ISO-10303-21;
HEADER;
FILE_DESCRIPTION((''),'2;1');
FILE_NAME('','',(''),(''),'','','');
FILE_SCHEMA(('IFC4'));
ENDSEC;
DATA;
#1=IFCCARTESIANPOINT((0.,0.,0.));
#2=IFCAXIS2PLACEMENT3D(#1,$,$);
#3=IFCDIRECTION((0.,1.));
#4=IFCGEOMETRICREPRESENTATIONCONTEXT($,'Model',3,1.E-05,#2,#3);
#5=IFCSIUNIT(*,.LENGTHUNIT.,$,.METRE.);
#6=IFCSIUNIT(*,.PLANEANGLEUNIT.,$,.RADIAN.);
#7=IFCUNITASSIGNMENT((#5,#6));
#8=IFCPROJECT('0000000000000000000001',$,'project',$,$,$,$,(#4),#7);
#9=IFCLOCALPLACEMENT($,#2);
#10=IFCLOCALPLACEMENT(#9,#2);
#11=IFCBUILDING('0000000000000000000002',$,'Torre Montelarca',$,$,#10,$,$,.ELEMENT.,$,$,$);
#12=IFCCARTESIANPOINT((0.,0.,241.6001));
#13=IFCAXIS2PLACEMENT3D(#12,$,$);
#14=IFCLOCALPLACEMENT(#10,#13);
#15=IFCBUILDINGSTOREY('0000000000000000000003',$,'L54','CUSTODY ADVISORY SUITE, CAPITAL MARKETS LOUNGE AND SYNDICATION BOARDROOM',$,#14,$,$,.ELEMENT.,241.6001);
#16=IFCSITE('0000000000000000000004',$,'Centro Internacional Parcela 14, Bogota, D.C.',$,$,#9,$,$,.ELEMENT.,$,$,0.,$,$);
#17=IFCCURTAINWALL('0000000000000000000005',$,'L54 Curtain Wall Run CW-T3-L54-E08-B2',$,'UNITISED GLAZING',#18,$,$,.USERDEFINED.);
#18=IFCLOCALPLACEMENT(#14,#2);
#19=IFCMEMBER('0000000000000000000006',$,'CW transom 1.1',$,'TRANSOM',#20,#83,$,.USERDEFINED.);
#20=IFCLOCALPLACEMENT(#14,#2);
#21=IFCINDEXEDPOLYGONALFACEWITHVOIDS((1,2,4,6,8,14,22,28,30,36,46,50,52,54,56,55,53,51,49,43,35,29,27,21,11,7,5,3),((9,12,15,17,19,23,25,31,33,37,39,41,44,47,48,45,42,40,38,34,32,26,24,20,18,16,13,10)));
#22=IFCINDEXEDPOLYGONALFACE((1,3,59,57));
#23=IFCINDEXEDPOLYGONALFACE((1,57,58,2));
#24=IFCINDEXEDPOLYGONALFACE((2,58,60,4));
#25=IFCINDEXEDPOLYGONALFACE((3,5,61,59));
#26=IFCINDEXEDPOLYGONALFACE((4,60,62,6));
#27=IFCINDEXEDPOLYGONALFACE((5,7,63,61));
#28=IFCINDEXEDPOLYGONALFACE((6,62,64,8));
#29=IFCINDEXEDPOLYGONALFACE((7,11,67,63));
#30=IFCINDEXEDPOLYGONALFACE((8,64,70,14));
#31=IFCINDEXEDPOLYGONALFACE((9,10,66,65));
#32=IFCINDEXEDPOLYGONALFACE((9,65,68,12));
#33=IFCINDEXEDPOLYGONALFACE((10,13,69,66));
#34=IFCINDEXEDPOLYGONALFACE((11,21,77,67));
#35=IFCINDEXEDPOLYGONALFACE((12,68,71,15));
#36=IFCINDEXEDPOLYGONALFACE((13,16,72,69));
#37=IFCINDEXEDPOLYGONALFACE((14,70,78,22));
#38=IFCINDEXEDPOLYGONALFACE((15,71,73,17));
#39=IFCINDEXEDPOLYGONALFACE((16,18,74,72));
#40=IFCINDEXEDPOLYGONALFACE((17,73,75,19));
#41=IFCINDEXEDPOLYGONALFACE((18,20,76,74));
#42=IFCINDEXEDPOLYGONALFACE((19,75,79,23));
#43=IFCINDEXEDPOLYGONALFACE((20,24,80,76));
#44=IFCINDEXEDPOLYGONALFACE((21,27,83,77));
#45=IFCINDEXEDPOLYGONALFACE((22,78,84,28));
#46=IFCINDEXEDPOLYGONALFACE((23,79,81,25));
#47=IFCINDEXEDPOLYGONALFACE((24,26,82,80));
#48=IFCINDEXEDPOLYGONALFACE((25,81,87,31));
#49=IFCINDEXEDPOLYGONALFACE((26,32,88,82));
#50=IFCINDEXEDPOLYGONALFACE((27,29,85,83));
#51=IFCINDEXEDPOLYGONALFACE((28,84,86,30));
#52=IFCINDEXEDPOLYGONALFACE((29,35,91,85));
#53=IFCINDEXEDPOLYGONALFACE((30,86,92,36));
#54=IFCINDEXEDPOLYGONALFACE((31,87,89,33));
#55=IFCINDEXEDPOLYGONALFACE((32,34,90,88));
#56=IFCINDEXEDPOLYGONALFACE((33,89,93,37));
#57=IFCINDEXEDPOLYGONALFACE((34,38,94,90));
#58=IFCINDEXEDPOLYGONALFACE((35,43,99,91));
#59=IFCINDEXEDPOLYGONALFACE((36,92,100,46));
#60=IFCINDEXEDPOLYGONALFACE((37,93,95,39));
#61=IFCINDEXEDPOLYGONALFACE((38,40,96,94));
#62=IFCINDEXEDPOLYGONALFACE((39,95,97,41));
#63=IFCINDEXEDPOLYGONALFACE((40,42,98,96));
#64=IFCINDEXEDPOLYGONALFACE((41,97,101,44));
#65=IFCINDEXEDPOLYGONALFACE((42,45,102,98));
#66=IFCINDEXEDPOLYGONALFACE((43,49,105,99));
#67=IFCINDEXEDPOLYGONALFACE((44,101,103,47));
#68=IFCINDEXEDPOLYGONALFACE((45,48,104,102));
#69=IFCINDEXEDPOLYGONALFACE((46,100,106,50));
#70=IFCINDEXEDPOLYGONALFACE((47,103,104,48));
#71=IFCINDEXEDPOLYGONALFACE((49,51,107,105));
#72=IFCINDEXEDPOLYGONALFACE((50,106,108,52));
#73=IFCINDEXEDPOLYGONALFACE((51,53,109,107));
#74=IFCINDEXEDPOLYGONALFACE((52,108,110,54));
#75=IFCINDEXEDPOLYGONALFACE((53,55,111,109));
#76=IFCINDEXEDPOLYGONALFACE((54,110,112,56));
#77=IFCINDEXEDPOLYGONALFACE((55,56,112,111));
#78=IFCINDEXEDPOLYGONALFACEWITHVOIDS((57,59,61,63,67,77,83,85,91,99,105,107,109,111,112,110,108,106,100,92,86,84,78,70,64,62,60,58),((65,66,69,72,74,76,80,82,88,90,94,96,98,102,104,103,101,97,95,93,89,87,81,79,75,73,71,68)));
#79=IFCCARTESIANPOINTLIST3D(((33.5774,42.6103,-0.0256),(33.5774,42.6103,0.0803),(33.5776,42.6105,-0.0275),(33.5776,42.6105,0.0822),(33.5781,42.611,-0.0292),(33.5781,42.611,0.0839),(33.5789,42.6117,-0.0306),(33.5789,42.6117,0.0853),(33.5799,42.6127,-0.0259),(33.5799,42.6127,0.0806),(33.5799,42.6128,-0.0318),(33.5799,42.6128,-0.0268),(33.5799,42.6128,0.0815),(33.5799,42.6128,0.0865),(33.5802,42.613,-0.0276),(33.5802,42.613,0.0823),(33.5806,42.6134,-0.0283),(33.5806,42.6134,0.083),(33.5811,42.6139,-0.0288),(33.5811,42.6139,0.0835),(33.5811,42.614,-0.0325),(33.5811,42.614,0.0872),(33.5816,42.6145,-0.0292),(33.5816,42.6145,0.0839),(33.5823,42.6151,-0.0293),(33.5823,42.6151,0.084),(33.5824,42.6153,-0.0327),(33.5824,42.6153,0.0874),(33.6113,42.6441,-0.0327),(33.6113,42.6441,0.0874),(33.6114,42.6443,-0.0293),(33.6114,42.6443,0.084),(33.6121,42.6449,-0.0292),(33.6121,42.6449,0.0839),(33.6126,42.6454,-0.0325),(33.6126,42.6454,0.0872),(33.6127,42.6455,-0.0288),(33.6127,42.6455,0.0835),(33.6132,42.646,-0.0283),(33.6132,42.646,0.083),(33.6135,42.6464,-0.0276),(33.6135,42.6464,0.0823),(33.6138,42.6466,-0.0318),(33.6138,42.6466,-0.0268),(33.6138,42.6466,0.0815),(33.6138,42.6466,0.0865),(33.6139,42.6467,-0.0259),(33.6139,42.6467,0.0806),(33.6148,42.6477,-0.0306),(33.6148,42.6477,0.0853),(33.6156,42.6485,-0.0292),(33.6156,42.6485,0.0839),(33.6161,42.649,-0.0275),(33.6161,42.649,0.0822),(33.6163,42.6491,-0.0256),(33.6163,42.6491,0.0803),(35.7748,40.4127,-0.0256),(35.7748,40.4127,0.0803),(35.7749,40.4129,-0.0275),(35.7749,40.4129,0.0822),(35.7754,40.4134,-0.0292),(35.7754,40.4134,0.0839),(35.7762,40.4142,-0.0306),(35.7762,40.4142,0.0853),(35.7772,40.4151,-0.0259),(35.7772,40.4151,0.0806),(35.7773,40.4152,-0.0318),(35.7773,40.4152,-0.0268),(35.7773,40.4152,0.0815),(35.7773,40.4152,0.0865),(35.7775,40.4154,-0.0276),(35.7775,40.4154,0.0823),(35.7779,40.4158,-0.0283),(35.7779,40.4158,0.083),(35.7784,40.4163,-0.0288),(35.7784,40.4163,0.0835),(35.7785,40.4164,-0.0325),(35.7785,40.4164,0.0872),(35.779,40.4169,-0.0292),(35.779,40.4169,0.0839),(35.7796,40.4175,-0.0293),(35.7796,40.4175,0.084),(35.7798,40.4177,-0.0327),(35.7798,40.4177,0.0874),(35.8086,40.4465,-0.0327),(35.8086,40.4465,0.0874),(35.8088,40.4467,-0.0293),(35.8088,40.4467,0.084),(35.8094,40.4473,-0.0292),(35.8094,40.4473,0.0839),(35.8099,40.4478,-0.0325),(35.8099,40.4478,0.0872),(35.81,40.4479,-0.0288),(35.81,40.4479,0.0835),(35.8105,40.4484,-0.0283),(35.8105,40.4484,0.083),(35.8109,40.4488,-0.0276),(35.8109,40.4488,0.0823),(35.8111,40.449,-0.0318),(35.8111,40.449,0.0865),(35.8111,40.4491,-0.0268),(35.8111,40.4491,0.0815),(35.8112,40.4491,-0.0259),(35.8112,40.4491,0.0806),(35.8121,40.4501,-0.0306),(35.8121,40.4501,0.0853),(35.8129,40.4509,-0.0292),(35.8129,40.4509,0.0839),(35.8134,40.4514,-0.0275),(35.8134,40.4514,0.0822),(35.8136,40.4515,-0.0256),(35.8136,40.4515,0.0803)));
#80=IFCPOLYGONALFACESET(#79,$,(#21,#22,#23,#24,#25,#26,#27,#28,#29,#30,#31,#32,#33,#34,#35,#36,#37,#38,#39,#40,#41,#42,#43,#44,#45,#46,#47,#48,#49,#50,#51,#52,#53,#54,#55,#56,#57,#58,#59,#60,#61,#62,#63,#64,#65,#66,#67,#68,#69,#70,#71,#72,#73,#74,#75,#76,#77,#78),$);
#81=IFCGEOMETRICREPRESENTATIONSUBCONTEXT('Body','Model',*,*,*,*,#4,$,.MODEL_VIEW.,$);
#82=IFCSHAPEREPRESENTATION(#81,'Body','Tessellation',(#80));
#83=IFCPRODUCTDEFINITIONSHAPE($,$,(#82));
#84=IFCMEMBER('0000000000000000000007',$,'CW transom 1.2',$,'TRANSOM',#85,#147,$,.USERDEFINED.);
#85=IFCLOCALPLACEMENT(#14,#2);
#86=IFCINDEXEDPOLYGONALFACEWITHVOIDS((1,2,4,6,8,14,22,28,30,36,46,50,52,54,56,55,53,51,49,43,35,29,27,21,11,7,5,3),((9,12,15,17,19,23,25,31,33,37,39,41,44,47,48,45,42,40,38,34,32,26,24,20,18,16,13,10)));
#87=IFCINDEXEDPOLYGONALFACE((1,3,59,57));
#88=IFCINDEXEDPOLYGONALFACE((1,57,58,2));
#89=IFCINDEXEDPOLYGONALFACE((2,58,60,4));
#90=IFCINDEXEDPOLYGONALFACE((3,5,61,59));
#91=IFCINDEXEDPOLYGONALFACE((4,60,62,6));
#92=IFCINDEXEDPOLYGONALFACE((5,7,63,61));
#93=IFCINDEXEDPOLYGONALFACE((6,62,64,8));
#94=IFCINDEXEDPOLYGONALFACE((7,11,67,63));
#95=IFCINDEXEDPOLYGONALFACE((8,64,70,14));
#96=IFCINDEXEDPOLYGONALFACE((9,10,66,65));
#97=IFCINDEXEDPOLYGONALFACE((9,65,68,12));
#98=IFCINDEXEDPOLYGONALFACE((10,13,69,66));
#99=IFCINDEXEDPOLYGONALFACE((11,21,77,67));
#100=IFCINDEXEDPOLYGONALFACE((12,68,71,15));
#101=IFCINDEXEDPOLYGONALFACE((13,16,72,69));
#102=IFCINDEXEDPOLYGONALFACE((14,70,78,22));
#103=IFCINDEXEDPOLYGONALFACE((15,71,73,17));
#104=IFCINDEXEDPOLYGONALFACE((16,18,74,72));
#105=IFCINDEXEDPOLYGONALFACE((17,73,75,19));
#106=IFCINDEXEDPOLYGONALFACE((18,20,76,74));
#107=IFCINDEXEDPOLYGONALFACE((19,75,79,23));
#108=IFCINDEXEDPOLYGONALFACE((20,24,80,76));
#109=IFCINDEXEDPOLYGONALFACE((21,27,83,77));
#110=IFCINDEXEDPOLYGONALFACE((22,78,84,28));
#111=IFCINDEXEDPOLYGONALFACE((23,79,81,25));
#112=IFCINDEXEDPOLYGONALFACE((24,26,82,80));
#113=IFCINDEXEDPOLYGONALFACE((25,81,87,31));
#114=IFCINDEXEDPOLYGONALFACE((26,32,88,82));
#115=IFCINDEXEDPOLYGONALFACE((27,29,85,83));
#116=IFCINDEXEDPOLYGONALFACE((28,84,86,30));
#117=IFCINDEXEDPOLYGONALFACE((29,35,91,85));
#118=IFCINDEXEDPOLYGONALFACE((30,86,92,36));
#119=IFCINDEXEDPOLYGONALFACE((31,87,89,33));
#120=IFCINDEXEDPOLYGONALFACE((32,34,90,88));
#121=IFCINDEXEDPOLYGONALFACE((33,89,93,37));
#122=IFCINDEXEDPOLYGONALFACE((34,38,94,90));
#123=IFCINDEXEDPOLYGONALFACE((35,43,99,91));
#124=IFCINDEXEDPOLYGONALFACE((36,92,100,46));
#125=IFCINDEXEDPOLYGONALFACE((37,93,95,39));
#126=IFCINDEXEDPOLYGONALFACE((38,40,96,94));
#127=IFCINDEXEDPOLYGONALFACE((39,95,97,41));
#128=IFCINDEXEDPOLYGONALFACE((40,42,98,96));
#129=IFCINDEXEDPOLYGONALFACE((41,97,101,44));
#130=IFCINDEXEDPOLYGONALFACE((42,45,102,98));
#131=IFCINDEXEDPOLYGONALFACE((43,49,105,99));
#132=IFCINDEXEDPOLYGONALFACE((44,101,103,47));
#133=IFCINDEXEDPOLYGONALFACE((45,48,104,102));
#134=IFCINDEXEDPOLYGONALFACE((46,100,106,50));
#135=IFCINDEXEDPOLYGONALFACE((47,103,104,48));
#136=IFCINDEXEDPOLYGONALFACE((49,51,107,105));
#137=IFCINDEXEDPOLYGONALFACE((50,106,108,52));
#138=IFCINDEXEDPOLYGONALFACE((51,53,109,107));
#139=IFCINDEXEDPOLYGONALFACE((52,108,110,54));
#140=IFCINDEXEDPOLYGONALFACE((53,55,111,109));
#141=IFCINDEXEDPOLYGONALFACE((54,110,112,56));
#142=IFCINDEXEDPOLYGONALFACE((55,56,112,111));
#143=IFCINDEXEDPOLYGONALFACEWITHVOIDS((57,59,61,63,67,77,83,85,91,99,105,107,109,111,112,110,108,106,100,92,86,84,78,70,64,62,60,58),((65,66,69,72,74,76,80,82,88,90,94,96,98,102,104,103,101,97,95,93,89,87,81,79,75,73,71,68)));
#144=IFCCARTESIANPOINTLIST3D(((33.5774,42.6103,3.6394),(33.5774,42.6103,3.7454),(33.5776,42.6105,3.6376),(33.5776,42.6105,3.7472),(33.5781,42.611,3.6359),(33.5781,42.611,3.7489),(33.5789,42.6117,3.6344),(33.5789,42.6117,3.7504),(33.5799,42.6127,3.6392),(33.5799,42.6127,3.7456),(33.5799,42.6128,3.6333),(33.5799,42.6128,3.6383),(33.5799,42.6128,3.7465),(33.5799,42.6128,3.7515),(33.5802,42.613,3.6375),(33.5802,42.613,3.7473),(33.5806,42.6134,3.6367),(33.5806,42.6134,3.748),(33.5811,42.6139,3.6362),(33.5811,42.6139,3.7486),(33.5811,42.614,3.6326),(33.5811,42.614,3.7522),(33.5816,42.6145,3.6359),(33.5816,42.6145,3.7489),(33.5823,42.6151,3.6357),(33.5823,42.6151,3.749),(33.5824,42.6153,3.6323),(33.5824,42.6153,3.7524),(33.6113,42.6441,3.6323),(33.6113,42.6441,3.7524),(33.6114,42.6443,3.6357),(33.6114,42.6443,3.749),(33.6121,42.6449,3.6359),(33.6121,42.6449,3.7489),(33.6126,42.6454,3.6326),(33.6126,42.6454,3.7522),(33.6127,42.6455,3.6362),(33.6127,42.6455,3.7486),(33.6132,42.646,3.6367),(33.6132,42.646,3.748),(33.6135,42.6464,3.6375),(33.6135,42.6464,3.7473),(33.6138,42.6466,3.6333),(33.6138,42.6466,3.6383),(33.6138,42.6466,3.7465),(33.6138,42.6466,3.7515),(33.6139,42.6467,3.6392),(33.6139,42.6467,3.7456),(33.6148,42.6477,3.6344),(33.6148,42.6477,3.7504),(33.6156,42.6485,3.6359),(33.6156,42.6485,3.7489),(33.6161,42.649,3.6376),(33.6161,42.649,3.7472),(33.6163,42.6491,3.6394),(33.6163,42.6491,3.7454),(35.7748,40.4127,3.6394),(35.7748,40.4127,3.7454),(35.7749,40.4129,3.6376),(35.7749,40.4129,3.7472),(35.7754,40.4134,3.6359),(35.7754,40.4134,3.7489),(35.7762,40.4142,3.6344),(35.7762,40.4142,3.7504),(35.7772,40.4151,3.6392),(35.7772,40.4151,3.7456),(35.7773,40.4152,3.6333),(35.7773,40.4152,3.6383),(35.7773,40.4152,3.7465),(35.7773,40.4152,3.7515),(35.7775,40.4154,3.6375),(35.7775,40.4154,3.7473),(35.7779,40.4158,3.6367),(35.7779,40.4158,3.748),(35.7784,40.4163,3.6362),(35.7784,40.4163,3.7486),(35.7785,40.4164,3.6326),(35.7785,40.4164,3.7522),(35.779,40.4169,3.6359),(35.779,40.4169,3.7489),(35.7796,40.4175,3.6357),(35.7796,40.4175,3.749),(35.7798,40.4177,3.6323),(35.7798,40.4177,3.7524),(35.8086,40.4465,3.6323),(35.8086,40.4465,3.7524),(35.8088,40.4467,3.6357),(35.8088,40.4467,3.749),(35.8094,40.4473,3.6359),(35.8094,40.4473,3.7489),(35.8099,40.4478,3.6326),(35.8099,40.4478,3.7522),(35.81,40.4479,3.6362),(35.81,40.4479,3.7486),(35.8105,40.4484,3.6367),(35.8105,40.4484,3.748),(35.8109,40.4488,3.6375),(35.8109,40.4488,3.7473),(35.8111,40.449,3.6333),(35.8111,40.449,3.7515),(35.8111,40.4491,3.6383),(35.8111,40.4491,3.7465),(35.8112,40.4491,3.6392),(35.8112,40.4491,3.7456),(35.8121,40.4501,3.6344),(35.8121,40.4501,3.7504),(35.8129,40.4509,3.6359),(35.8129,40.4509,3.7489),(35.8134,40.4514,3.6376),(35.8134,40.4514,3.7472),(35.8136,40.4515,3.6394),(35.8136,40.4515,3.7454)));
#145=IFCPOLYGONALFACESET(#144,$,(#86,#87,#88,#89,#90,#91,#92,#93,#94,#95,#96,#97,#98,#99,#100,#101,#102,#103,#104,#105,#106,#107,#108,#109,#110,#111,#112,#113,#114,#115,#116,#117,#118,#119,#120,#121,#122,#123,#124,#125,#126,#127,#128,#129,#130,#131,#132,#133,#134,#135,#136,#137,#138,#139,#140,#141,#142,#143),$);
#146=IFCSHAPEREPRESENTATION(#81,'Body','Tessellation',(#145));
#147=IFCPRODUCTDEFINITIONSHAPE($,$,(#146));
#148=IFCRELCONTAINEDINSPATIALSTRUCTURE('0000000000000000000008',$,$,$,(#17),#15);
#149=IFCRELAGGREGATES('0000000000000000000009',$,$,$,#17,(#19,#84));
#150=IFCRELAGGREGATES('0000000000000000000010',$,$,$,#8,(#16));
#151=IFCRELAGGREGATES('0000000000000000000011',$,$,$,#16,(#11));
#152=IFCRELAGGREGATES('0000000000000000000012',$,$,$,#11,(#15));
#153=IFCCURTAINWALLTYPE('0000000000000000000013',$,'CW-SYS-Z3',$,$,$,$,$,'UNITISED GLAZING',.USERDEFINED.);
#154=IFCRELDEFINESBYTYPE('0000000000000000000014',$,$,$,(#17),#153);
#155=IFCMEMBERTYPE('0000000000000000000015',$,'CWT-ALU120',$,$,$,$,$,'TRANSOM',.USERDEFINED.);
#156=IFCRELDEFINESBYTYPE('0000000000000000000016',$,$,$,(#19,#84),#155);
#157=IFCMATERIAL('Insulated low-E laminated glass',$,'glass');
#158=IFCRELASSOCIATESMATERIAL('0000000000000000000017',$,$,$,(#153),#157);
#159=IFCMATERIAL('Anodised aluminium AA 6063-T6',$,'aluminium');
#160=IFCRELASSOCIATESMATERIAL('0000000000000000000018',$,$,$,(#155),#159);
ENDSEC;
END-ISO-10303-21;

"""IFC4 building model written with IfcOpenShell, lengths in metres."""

from ifc_helpers import new_model, si_unit, direction, frame, origin, origin_2d, place, context, subcontext, project, spatial, hollow_rectangle, extrude, source, transform, mapped, material, material_profile, profile_set, type_object, element, aggregate, save


model = new_model("IFC4")

# Units and contexts
model_context = context("Model", 3, precision=1e-05, world=origin(), true_north=direction((0.0, 1.0)))
body_context = subcontext(model_context, "Body", "Model", "MODEL_VIEW")
ifc_project = project(units=[si_unit("LENGTHUNIT", "METRE"), si_unit("PLANEANGLEUNIT", "RADIAN")], contexts=[model_context])

# Site, building, storey
site_placement = place(None, origin())
site = spatial("IfcSite", under=ifc_project, at=site_placement, Name="Centro Internacional Parcela 14, Bogota, D.C.", CompositionType="ELEMENT", RefElevation=0.0)
building_placement = place(site_placement, origin())
building = spatial("IfcBuilding", under=site, at=building_placement, Name="Torre Montelarca", CompositionType="ELEMENT")
storey_placement = place(building_placement, frame((0.0, 0.0, 241.6001)))
storey = spatial("IfcBuildingStorey", under=building, at=storey_placement, Name="L54", Description="CUSTODY ADVISORY SUITE, CAPITAL MARKETS LOUNGE AND SYNDICATION BOARDROOM", CompositionType="ELEMENT", Elevation=241.6001)

# Shared definitions
ifc_material_1 = material(Name="Insulated low-E laminated glass", Category="glass")
curtain_wall_type = type_object("IfcCurtainWallType", Name="CW-SYS-Z3", ElementType="UNITISED GLAZING", PredefinedType="USERDEFINED", material=ifc_material_1)
ifc_material_2 = material(Name="Anodised aluminium AA 6063-T6", Category="aluminium")

# Curtain wall
curtain_wall_1_placement = place(storey_placement, origin())
curtain_wall_1 = element("IfcCurtainWall", 1, at=curtain_wall_1_placement, inside=storey, type_object=curtain_wall_type, Name="L54 Curtain Wall Run CW-T3-L54-E08-B2", ObjectType="UNITISED GLAZING", PredefinedType="USERDEFINED")

# Members
ifc_material_profile_1 = material_profile(ifc_material_2, hollow_rectangle(XDim=0.0549, YDim=0.1201, WallThickness=0.0034, InnerFilletRadius=0.0034, OuterFilletRadius=0.0071, at=origin_2d()), Name="ALU55X120X3.5", Category="aluminium")
ifc_profile_set_1 = profile_set([ifc_material_profile_1], Name="Anodised aluminium AA 6063-T6")
member_type_1 = type_object("IfcMemberType", Name="CWT-ALU120", ElementType="TRANSOM", PredefinedType="USERDEFINED", material=ifc_profile_set_1)
shared_shape_1 = source(origin(), body_context, "Body", "SweptSolid", [
    extrude(hollow_rectangle(XDim=0.0549, YDim=0.1201, WallThickness=0.0034, InnerFilletRadius=0.0034, OuterFilletRadius=0.0071, at=origin_2d()), origin(), (0.0, 0.0, 1.0), 3.1077),
])
member_1_placement = place(storey_placement, frame((35.7942, 40.4321, 0.0273), z_axis=(-0.707067, 0.707146, 0.0), x_axis=(-0.707146, -0.707067, 0.0)))
member_1 = element("IfcMember", 2, at=member_1_placement, type_object=member_type_1, Name="CW transom 1.1", ObjectType="TRANSOM", PredefinedType="USERDEFINED", context=body_context, shape_type="MappedRepresentation", body=[
    mapped(shared_shape_1, transform((0.0, 0.0, 0.0), scale=1.0)),
])
member_2_placement = place(storey_placement, frame((35.7942, 40.4321, 3.6924), z_axis=(-0.707067, 0.707146, 0.0), x_axis=(-0.707146, -0.707067, 0.0)))
member_2 = element("IfcMember", 3, at=member_2_placement, type_object=member_type_1, Name="CW transom 1.2", ObjectType="TRANSOM", PredefinedType="USERDEFINED", context=body_context, shape_type="MappedRepresentation", body=[
    mapped(shared_shape_1, transform((0.0, 0.0, 0.0), scale=1.0)),
])

aggregate(curtain_wall_1, [member_1, member_2])

save(model, "model.ifc")
